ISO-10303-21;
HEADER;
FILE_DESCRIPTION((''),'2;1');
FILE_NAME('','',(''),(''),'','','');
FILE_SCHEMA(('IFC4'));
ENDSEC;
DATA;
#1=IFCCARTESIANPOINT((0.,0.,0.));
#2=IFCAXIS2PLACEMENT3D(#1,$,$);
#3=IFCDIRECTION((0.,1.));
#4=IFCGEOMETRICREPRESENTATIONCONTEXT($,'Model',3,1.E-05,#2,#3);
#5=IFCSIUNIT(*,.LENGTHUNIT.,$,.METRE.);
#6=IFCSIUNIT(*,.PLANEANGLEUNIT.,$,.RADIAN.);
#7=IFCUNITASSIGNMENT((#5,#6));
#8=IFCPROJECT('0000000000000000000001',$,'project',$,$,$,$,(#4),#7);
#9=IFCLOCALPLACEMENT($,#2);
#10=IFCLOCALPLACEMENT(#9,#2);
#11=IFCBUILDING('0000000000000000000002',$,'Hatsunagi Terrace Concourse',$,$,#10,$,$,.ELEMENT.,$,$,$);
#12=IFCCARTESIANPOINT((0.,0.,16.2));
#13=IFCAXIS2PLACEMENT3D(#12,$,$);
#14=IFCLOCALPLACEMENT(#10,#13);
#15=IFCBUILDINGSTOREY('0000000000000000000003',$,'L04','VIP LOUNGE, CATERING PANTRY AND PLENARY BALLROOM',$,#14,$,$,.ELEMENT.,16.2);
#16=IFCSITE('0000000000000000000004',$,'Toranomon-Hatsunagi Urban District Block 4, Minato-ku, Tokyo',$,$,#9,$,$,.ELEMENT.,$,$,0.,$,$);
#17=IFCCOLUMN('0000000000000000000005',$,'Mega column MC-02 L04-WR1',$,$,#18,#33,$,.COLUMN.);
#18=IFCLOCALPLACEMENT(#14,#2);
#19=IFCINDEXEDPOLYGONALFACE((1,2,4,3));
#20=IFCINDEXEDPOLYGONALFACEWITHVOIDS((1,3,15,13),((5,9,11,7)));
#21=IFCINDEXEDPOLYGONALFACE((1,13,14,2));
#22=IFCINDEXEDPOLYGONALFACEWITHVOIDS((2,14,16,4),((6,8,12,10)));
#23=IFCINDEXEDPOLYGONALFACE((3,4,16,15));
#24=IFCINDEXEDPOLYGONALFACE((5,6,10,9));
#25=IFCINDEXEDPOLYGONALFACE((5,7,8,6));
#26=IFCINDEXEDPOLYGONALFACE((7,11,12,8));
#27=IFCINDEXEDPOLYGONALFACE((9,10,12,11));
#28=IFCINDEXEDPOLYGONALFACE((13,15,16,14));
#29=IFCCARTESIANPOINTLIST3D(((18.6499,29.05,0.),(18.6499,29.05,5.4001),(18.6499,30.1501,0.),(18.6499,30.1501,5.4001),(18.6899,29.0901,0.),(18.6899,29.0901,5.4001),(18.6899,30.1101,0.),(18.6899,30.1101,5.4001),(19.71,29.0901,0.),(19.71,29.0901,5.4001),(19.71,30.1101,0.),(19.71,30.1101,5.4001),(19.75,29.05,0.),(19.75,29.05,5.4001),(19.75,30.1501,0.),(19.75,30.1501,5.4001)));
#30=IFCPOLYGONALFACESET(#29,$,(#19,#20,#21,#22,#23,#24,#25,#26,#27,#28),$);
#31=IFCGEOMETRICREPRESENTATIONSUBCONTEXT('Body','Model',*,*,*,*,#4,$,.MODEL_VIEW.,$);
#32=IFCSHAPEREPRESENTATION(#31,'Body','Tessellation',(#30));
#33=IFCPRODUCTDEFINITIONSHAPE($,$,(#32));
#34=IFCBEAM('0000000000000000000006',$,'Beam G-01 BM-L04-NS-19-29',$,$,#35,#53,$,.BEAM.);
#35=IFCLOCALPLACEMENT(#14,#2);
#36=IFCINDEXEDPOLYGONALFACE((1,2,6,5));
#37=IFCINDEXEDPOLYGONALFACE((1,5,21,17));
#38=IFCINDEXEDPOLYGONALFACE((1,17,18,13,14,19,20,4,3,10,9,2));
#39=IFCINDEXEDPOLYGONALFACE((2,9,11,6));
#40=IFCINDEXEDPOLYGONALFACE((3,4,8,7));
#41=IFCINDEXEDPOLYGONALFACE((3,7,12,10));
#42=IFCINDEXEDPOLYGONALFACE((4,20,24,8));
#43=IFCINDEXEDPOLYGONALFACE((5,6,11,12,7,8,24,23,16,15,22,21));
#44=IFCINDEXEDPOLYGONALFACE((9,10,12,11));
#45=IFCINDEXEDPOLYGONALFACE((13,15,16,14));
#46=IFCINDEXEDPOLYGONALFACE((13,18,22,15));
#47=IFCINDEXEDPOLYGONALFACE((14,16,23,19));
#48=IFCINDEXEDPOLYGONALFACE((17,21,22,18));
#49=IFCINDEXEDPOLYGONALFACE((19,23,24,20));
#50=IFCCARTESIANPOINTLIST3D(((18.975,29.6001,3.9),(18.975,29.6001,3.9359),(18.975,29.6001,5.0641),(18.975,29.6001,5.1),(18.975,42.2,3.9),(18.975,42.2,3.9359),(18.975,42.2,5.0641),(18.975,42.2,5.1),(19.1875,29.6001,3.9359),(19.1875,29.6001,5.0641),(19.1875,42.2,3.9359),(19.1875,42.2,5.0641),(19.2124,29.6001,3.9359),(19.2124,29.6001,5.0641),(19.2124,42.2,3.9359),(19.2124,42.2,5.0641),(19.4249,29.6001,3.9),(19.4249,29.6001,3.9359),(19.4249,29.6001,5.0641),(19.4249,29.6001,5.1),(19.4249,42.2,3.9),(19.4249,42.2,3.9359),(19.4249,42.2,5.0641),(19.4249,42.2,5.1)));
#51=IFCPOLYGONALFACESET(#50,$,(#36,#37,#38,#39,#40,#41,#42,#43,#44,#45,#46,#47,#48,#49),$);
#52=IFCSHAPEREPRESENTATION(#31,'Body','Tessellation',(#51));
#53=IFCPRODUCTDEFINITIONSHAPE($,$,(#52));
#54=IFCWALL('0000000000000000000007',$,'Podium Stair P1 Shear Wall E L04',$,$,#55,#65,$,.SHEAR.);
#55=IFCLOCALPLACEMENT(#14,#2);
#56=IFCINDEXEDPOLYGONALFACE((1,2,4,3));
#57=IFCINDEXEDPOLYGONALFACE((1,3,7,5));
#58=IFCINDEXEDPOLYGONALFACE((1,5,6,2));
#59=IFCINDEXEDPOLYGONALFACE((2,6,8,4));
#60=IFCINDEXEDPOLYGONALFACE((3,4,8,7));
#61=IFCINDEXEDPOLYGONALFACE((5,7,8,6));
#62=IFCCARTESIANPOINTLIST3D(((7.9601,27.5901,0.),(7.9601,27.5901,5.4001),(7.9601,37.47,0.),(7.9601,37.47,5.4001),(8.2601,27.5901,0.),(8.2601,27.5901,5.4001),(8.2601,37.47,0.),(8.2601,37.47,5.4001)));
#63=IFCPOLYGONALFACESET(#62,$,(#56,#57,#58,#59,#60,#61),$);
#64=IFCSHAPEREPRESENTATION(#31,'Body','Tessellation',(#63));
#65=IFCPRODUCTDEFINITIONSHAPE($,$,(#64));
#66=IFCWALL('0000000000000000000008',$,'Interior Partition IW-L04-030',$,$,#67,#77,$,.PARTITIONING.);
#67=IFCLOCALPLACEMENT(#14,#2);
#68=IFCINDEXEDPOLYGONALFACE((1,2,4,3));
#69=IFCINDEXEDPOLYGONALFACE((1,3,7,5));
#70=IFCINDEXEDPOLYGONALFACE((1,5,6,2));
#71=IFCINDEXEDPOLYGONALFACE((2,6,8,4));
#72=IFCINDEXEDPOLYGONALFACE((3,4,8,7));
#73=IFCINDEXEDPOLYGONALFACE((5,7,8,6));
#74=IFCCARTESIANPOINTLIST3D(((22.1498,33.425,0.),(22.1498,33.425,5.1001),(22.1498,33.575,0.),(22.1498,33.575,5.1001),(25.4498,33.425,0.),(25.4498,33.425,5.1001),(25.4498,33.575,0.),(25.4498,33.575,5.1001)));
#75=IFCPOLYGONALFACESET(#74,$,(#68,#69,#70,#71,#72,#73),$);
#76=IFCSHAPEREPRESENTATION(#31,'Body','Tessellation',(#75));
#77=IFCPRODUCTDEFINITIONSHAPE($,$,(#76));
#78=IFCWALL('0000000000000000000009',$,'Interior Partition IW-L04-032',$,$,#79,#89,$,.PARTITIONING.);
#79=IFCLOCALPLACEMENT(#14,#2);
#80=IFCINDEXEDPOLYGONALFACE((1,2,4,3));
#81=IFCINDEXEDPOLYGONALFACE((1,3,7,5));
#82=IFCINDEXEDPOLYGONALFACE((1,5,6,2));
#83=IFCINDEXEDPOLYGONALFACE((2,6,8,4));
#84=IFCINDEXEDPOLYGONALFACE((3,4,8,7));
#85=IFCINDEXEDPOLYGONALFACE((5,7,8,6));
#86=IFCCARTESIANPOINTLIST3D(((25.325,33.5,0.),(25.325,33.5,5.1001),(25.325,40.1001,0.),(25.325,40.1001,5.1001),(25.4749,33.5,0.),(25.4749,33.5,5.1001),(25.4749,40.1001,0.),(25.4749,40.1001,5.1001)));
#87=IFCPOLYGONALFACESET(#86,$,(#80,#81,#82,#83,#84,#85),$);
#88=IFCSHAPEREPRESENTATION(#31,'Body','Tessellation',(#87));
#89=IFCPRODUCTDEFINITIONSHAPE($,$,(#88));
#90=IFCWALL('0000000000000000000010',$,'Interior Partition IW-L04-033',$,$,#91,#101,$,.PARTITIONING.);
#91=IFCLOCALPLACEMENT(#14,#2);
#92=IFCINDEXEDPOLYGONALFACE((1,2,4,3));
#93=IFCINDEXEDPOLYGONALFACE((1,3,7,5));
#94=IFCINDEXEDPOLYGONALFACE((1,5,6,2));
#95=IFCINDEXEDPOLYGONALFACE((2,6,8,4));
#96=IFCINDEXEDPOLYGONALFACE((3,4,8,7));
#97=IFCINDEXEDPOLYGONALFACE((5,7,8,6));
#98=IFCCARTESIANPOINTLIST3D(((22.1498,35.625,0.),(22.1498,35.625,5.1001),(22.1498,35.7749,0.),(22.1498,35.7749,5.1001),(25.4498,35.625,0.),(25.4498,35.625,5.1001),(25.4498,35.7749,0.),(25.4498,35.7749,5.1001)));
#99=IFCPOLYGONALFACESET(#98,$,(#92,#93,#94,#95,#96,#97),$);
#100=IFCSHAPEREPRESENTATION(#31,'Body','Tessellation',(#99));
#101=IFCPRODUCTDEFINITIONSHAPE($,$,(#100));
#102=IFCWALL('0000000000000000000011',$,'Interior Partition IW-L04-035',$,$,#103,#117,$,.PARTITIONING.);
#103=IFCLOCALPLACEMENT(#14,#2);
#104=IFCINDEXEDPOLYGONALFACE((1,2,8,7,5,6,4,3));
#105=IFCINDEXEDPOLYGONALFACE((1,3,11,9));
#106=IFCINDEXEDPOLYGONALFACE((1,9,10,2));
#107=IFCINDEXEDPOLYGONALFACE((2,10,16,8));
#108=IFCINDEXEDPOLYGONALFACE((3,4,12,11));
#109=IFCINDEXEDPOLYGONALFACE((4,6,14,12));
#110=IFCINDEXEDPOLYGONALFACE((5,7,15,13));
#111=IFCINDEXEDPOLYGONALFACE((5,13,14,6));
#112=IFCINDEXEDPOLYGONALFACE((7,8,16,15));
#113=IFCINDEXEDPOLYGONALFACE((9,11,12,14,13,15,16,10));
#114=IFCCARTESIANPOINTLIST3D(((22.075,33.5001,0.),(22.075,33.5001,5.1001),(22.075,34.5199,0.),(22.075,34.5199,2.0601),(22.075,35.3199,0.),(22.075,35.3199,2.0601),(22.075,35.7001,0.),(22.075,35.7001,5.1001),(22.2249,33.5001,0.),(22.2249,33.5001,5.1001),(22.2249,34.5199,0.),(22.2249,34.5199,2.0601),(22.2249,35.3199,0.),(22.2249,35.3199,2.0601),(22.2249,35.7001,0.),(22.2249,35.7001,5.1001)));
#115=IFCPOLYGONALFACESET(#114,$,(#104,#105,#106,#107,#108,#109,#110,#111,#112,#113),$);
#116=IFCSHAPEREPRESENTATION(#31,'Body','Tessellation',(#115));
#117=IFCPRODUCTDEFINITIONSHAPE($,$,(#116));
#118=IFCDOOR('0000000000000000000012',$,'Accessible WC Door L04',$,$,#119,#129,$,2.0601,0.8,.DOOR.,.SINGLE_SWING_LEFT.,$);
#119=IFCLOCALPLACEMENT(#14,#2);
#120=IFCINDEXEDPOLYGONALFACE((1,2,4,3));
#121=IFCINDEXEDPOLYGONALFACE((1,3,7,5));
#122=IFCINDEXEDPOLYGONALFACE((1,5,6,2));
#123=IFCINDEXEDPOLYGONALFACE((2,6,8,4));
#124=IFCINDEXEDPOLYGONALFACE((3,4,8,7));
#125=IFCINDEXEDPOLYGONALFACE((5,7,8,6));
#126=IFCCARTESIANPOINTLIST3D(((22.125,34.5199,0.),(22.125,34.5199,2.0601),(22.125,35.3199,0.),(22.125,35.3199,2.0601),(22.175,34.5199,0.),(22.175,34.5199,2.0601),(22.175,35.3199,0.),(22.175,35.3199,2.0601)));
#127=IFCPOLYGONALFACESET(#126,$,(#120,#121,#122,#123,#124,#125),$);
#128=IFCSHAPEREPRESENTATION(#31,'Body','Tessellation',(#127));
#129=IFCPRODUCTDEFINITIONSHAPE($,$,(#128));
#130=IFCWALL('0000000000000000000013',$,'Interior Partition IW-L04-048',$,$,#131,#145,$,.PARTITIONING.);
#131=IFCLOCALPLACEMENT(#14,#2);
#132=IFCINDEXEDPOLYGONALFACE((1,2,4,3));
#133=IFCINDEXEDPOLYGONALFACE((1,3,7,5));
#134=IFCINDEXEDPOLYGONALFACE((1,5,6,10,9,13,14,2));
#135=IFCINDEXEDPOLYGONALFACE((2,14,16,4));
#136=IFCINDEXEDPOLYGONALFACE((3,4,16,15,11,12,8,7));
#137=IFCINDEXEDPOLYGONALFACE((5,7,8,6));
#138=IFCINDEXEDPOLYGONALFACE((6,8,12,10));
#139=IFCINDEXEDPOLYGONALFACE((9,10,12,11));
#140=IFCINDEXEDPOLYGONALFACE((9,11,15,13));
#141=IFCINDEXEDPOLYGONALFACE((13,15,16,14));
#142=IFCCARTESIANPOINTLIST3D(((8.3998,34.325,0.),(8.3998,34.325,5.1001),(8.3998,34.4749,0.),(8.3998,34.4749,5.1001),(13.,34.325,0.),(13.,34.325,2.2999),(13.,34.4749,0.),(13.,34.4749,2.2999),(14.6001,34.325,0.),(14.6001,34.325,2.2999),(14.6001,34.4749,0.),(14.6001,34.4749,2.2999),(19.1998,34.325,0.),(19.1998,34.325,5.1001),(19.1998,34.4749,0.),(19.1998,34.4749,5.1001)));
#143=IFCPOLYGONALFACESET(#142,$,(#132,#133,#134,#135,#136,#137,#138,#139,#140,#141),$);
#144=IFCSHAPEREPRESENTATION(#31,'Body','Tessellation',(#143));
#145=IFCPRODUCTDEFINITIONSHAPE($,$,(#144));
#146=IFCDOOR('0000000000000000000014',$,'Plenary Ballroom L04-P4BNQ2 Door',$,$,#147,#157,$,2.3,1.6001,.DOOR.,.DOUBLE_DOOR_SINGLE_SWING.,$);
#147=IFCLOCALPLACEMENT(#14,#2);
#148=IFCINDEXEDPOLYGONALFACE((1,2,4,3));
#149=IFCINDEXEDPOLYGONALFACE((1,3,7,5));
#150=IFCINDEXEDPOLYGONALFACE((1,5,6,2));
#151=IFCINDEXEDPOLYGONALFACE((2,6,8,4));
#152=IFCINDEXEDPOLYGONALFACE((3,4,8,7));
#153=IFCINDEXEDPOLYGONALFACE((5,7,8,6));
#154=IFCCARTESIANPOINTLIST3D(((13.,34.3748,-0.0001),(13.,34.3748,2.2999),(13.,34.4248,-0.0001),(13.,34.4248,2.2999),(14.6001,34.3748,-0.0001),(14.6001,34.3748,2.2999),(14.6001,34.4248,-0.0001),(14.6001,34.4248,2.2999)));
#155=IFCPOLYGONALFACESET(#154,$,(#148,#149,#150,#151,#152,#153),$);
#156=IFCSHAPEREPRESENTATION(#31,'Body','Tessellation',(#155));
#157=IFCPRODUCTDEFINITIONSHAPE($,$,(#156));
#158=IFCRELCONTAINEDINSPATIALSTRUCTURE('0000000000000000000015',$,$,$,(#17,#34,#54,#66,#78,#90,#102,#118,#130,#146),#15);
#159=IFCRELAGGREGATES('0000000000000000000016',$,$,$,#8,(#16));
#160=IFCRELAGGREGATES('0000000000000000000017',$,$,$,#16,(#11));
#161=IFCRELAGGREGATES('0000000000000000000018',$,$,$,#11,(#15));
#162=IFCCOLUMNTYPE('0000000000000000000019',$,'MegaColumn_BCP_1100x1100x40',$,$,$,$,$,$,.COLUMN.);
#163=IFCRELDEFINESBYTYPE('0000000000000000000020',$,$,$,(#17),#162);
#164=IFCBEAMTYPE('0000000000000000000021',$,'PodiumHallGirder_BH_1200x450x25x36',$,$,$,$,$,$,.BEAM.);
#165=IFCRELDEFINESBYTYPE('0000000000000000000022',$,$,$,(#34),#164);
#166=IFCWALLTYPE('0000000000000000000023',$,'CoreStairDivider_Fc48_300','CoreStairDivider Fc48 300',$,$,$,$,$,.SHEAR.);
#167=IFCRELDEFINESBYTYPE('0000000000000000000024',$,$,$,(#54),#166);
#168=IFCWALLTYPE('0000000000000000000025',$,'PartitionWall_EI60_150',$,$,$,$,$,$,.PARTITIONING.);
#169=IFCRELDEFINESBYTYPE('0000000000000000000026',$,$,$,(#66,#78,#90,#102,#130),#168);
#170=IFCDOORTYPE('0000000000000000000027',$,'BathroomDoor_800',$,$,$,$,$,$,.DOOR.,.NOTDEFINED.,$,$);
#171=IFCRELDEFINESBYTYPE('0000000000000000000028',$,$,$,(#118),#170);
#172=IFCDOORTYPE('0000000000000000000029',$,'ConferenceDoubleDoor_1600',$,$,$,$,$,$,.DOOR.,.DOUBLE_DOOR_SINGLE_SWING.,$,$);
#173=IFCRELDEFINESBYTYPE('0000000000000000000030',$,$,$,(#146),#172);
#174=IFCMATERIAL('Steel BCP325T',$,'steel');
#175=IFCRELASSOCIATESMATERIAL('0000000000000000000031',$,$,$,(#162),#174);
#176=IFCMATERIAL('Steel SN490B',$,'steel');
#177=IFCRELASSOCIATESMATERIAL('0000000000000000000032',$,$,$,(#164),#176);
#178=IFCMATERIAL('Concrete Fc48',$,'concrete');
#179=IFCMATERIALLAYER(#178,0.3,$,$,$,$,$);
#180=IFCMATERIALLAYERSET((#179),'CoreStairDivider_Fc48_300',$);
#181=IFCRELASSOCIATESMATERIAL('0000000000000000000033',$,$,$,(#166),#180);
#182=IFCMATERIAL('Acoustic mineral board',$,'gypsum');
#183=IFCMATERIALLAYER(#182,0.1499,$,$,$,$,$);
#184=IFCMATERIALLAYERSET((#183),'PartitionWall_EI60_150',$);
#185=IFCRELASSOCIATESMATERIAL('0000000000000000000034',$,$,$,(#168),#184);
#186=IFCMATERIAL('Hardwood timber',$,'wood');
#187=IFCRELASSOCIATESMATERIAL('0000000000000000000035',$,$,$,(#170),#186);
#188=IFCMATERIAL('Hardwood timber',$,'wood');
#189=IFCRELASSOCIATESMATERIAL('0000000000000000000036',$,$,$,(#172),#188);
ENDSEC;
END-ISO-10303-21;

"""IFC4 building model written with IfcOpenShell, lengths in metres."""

from ifc_helpers import new_model, si_unit, direction, frame, frame_2d, origin, origin_2d, place, context, subcontext, project, spatial, rectangle, hollow_rectangle, i_section, extrude, material, layer, layer_set, material_profile, profile_set, type_object, element, fill, save


model = new_model("IFC4")

# Units and contexts
model_context = context("Model", 3, precision=1e-05, world=origin(), true_north=direction((0.0, 1.0)))
body_context = subcontext(model_context, "Body", "Model", "MODEL_VIEW")
ifc_project = project(units=[si_unit("LENGTHUNIT", "METRE"), si_unit("PLANEANGLEUNIT", "RADIAN")], contexts=[model_context])

# Site, building, storey
site_placement = place(None, origin())
site = spatial("IfcSite", under=ifc_project, at=site_placement, Name="Toranomon-Hatsunagi Urban District Block 4, Minato-ku, Tokyo", CompositionType="ELEMENT", RefElevation=0.0)
building_placement = place(site_placement, origin())
building = spatial("IfcBuilding", under=site, at=building_placement, Name="Hatsunagi Terrace Concourse", CompositionType="ELEMENT")
storey_placement = place(building_placement, frame((0.0, 0.0, 16.2)))
storey = spatial("IfcBuildingStorey", under=building, at=storey_placement, Name="L04", Description="VIP LOUNGE, CATERING PANTRY AND PLENARY BALLROOM", CompositionType="ELEMENT", Elevation=16.2)

# Column
ifc_material_1 = material(Name="Steel BCP325T", Category="steel")
ifc_material_profile_1 = material_profile(ifc_material_1, hollow_rectangle(XDim=1.1001, YDim=1.1001, WallThickness=0.04, at=origin_2d()), Name="BCP-1100x1100x40")
ifc_profile_set_1 = profile_set([ifc_material_profile_1], Name="Steel BCP325T")
column_type = type_object("IfcColumnType", Name="MegaColumn_BCP_1100x1100x40", PredefinedType="COLUMN", material=ifc_profile_set_1)
column_placement = place(storey_placement, frame((19.2, 29.6001, 0.0), z_axis=(0.0, 0.0, 1.0), x_axis=(1.0, 0.0, 0.0)))
element("IfcColumn", 1, at=column_placement, inside=storey, type_object=column_type, Name="Mega column MC-02 L04-WR1", PredefinedType="COLUMN", context=body_context, shape_type="SweptSolid", body=[
    extrude(hollow_rectangle(XDim=1.1001, YDim=1.1001, WallThickness=0.04, at=origin_2d()), origin(), (0.0, 0.0, 1.0), 5.4001),
])

# Beam
ifc_material_2 = material(Name="Steel SN490B", Category="steel")
ifc_material_profile_2 = material_profile(ifc_material_2, i_section(OverallWidth=0.45, OverallDepth=1.2, WebThickness=0.0249, FlangeThickness=0.0359, at=origin_2d()), Name="BH-1200x450x25x36")
ifc_profile_set_2 = profile_set([ifc_material_profile_2], Name="Steel SN490B")
beam_type = type_object("IfcBeamType", Name="PodiumHallGirder_BH_1200x450x25x36", PredefinedType="BEAM", material=ifc_profile_set_2)
beam_placement = place(storey_placement, frame((19.2, 29.6001, 4.5), z_axis=(0.0, 1.0, 0.0), x_axis=(-1.0, 0.0, 0.0)))
element("IfcBeam", 2, at=beam_placement, inside=storey, type_object=beam_type, Name="Beam G-01 BM-L04-NS-19-29", PredefinedType="BEAM", context=body_context, shape_type="SweptSolid", body=[
    extrude(i_section(OverallWidth=0.45, OverallDepth=1.2, WebThickness=0.0249, FlangeThickness=0.0359, at=origin_2d()), origin(), (0.0, 0.0, 1.0), 12.5999),
])

# Walls
ifc_material_3 = material(Name="Concrete Fc48", Category="concrete")
ifc_layer_1 = layer(ifc_material_3, 0.3)
ifc_layer_set_1 = layer_set([ifc_layer_1], Name="CoreStairDivider_Fc48_300")
wall_type_1 = type_object("IfcWallType", Name="CoreStairDivider_Fc48_300", Description="CoreStairDivider Fc48 300", PredefinedType="SHEAR", material=ifc_layer_set_1)
wall_1_placement = place(storey_placement, frame((8.1101, 27.5901, 0.0), z_axis=(0.0, 0.0, 1.0), x_axis=(0.0, 1.0, 0.0)))
element("IfcWall", 3, at=wall_1_placement, inside=storey, type_object=wall_type_1, Name="Podium Stair P1 Shear Wall E L04", PredefinedType="SHEAR", context=body_context, shape_type="SweptSolid", body=[
    extrude(rectangle(XDim=9.8799, YDim=0.3, at=frame_2d((4.9399, 0.0))), origin(), (0.0, 0.0, 1.0), 5.4001),
])
ifc_material_4 = material(Name="Acoustic mineral board", Category="gypsum")
ifc_layer_2 = layer(ifc_material_4, 0.1499)
ifc_layer_set_2 = layer_set([ifc_layer_2], Name="PartitionWall_EI60_150")
wall_type_2 = type_object("IfcWallType", Name="PartitionWall_EI60_150", PredefinedType="PARTITIONING", material=ifc_layer_set_2)
wall_2_placement = place(storey_placement, frame((22.1499, 33.5, 0.0), z_axis=(0.0, 0.0, 1.0), x_axis=(1.0, 0.0, 0.0)))
element("IfcWall", 4, at=wall_2_placement, inside=storey, type_object=wall_type_2, Name="Interior Partition IW-L04-030", PredefinedType="PARTITIONING", context=body_context, shape_type="SweptSolid", body=[
    extrude(rectangle(XDim=3.3, YDim=0.1499, at=frame_2d((1.6499, 0.0))), origin(), (0.0, 0.0, 1.0), 5.1001),
])
wall_3_placement = place(storey_placement, frame((25.3999, 33.5, 0.0), z_axis=(0.0, 0.0, 1.0), x_axis=(0.0, 1.0, 0.0)))
element("IfcWall", 5, at=wall_3_placement, inside=storey, type_object=wall_type_2, Name="Interior Partition IW-L04-032", PredefinedType="PARTITIONING", context=body_context, shape_type="SweptSolid", body=[
    extrude(rectangle(XDim=6.6001, YDim=0.1499, at=frame_2d((3.3, 0.0))), origin(), (0.0, 0.0, 1.0), 5.1001),
])
wall_4_placement = place(storey_placement, frame((22.1499, 35.7, 0.0), z_axis=(0.0, 0.0, 1.0), x_axis=(1.0, 0.0, 0.0)))
element("IfcWall", 6, at=wall_4_placement, inside=storey, type_object=wall_type_2, Name="Interior Partition IW-L04-033", PredefinedType="PARTITIONING", context=body_context, shape_type="SweptSolid", body=[
    extrude(rectangle(XDim=3.3, YDim=0.1499, at=frame_2d((1.6499, 0.0))), origin(), (0.0, 0.0, 1.0), 5.1001),
])

# Walls, openings, doors
wall_5_placement = place(storey_placement, frame((22.1499, 33.5, 0.0), z_axis=(0.0, 0.0, 1.0), x_axis=(0.0, 1.0, 0.0)))
wall_5 = element("IfcWall", 7, at=wall_5_placement, inside=storey, type_object=wall_type_2, Name="Interior Partition IW-L04-035", PredefinedType="PARTITIONING", context=body_context, shape_type="SweptSolid", body=[
    extrude(rectangle(XDim=2.2, YDim=0.1499, at=frame_2d((1.1001, 0.0))), origin(), (0.0, 0.0, 1.0), 5.1001),
])
opening_1_placement = place(wall_5_placement, frame((1.02, 0.0, 0.0)))
opening_1 = element("IfcOpeningElement", 8, at=opening_1_placement, cuts=wall_5, PredefinedType="OPENING", context=body_context, shape_type="SweptSolid", body=[
    extrude(rectangle(XDim=0.8, YDim=2.0601, at=frame_2d((0.3999, 1.03))), frame((0.0, 0.085, 0.0), z_axis=(0.0, -1.0, 0.0), x_axis=(1.0, 0.0, 0.0)), (0.0, 0.0, 1.0), 0.1699),
])
ifc_material_5 = material(Name="Hardwood timber", Category="wood")
door_type_1 = type_object("IfcDoorType", Name="BathroomDoor_800", OperationType="NOTDEFINED", PredefinedType="DOOR", material=ifc_material_5)
door_1_placement = place(opening_1_placement, origin())
door_1 = element("IfcDoor", 9, at=door_1_placement, inside=storey, type_object=door_type_1, Name="Accessible WC Door L04", OperationType="SINGLE_SWING_LEFT", OverallHeight=2.0601, OverallWidth=0.8, PredefinedType="DOOR", context=body_context, shape_type="SweptSolid", body=[
    extrude(rectangle(XDim=0.8, YDim=2.0601, at=frame_2d((0.3999, 1.03))), frame((0.0, 0.0249, 0.0), z_axis=(0.0, -1.0, 0.0), x_axis=(1.0, 0.0, 0.0)), (0.0, 0.0, 1.0), 0.05),
])
fill(opening_1, door_1)
wall_6_placement = place(storey_placement, frame((8.3999, 34.3999, 0.0), z_axis=(0.0, 0.0, 1.0), x_axis=(1.0, 0.0, 0.0)))
wall_6 = element("IfcWall", 10, at=wall_6_placement, inside=storey, type_object=wall_type_2, Name="Interior Partition IW-L04-048", PredefinedType="PARTITIONING", context=body_context, shape_type="SweptSolid", body=[
    extrude(rectangle(XDim=10.8, YDim=0.1499, at=frame_2d((5.3999, 0.0))), origin(), (0.0, 0.0, 1.0), 5.1001),
])
opening_2_placement = place(wall_6_placement, frame((4.6001, 0.0, 0.0)))
opening_2 = element("IfcOpeningElement", 11, at=opening_2_placement, cuts=wall_6, PredefinedType="OPENING", context=body_context, shape_type="SweptSolid", body=[
    extrude(rectangle(XDim=1.6001, YDim=2.3, at=frame_2d((0.8, 1.1499))), frame((0.0, 0.085, 0.0), z_axis=(0.0, -1.0, 0.0), x_axis=(1.0, 0.0, 0.0)), (0.0, 0.0, 1.0), 0.1699),
])
ifc_material_6 = material(Name="Hardwood timber", Category="wood")
door_type_2 = type_object("IfcDoorType", Name="ConferenceDoubleDoor_1600", OperationType="DOUBLE_DOOR_SINGLE_SWING", PredefinedType="DOOR", material=ifc_material_6)
door_2_placement = place(opening_2_placement, origin())
door_2 = element("IfcDoor", 12, at=door_2_placement, inside=storey, type_object=door_type_2, Name="Plenary Ballroom L04-P4BNQ2 Door", OperationType="DOUBLE_DOOR_SINGLE_SWING", OverallHeight=2.3, OverallWidth=1.6001, PredefinedType="DOOR", context=body_context, shape_type="SweptSolid", body=[
    extrude(rectangle(XDim=1.6001, YDim=2.3, at=frame_2d((0.8, 1.1499))), frame((0.0, 0.0249, 0.0), z_axis=(0.0, -1.0, 0.0), x_axis=(1.0, 0.0, 0.0)), (0.0, 0.0, 1.0), 0.05),
])
fill(opening_2, door_2)

save(model, "model.ifc")
